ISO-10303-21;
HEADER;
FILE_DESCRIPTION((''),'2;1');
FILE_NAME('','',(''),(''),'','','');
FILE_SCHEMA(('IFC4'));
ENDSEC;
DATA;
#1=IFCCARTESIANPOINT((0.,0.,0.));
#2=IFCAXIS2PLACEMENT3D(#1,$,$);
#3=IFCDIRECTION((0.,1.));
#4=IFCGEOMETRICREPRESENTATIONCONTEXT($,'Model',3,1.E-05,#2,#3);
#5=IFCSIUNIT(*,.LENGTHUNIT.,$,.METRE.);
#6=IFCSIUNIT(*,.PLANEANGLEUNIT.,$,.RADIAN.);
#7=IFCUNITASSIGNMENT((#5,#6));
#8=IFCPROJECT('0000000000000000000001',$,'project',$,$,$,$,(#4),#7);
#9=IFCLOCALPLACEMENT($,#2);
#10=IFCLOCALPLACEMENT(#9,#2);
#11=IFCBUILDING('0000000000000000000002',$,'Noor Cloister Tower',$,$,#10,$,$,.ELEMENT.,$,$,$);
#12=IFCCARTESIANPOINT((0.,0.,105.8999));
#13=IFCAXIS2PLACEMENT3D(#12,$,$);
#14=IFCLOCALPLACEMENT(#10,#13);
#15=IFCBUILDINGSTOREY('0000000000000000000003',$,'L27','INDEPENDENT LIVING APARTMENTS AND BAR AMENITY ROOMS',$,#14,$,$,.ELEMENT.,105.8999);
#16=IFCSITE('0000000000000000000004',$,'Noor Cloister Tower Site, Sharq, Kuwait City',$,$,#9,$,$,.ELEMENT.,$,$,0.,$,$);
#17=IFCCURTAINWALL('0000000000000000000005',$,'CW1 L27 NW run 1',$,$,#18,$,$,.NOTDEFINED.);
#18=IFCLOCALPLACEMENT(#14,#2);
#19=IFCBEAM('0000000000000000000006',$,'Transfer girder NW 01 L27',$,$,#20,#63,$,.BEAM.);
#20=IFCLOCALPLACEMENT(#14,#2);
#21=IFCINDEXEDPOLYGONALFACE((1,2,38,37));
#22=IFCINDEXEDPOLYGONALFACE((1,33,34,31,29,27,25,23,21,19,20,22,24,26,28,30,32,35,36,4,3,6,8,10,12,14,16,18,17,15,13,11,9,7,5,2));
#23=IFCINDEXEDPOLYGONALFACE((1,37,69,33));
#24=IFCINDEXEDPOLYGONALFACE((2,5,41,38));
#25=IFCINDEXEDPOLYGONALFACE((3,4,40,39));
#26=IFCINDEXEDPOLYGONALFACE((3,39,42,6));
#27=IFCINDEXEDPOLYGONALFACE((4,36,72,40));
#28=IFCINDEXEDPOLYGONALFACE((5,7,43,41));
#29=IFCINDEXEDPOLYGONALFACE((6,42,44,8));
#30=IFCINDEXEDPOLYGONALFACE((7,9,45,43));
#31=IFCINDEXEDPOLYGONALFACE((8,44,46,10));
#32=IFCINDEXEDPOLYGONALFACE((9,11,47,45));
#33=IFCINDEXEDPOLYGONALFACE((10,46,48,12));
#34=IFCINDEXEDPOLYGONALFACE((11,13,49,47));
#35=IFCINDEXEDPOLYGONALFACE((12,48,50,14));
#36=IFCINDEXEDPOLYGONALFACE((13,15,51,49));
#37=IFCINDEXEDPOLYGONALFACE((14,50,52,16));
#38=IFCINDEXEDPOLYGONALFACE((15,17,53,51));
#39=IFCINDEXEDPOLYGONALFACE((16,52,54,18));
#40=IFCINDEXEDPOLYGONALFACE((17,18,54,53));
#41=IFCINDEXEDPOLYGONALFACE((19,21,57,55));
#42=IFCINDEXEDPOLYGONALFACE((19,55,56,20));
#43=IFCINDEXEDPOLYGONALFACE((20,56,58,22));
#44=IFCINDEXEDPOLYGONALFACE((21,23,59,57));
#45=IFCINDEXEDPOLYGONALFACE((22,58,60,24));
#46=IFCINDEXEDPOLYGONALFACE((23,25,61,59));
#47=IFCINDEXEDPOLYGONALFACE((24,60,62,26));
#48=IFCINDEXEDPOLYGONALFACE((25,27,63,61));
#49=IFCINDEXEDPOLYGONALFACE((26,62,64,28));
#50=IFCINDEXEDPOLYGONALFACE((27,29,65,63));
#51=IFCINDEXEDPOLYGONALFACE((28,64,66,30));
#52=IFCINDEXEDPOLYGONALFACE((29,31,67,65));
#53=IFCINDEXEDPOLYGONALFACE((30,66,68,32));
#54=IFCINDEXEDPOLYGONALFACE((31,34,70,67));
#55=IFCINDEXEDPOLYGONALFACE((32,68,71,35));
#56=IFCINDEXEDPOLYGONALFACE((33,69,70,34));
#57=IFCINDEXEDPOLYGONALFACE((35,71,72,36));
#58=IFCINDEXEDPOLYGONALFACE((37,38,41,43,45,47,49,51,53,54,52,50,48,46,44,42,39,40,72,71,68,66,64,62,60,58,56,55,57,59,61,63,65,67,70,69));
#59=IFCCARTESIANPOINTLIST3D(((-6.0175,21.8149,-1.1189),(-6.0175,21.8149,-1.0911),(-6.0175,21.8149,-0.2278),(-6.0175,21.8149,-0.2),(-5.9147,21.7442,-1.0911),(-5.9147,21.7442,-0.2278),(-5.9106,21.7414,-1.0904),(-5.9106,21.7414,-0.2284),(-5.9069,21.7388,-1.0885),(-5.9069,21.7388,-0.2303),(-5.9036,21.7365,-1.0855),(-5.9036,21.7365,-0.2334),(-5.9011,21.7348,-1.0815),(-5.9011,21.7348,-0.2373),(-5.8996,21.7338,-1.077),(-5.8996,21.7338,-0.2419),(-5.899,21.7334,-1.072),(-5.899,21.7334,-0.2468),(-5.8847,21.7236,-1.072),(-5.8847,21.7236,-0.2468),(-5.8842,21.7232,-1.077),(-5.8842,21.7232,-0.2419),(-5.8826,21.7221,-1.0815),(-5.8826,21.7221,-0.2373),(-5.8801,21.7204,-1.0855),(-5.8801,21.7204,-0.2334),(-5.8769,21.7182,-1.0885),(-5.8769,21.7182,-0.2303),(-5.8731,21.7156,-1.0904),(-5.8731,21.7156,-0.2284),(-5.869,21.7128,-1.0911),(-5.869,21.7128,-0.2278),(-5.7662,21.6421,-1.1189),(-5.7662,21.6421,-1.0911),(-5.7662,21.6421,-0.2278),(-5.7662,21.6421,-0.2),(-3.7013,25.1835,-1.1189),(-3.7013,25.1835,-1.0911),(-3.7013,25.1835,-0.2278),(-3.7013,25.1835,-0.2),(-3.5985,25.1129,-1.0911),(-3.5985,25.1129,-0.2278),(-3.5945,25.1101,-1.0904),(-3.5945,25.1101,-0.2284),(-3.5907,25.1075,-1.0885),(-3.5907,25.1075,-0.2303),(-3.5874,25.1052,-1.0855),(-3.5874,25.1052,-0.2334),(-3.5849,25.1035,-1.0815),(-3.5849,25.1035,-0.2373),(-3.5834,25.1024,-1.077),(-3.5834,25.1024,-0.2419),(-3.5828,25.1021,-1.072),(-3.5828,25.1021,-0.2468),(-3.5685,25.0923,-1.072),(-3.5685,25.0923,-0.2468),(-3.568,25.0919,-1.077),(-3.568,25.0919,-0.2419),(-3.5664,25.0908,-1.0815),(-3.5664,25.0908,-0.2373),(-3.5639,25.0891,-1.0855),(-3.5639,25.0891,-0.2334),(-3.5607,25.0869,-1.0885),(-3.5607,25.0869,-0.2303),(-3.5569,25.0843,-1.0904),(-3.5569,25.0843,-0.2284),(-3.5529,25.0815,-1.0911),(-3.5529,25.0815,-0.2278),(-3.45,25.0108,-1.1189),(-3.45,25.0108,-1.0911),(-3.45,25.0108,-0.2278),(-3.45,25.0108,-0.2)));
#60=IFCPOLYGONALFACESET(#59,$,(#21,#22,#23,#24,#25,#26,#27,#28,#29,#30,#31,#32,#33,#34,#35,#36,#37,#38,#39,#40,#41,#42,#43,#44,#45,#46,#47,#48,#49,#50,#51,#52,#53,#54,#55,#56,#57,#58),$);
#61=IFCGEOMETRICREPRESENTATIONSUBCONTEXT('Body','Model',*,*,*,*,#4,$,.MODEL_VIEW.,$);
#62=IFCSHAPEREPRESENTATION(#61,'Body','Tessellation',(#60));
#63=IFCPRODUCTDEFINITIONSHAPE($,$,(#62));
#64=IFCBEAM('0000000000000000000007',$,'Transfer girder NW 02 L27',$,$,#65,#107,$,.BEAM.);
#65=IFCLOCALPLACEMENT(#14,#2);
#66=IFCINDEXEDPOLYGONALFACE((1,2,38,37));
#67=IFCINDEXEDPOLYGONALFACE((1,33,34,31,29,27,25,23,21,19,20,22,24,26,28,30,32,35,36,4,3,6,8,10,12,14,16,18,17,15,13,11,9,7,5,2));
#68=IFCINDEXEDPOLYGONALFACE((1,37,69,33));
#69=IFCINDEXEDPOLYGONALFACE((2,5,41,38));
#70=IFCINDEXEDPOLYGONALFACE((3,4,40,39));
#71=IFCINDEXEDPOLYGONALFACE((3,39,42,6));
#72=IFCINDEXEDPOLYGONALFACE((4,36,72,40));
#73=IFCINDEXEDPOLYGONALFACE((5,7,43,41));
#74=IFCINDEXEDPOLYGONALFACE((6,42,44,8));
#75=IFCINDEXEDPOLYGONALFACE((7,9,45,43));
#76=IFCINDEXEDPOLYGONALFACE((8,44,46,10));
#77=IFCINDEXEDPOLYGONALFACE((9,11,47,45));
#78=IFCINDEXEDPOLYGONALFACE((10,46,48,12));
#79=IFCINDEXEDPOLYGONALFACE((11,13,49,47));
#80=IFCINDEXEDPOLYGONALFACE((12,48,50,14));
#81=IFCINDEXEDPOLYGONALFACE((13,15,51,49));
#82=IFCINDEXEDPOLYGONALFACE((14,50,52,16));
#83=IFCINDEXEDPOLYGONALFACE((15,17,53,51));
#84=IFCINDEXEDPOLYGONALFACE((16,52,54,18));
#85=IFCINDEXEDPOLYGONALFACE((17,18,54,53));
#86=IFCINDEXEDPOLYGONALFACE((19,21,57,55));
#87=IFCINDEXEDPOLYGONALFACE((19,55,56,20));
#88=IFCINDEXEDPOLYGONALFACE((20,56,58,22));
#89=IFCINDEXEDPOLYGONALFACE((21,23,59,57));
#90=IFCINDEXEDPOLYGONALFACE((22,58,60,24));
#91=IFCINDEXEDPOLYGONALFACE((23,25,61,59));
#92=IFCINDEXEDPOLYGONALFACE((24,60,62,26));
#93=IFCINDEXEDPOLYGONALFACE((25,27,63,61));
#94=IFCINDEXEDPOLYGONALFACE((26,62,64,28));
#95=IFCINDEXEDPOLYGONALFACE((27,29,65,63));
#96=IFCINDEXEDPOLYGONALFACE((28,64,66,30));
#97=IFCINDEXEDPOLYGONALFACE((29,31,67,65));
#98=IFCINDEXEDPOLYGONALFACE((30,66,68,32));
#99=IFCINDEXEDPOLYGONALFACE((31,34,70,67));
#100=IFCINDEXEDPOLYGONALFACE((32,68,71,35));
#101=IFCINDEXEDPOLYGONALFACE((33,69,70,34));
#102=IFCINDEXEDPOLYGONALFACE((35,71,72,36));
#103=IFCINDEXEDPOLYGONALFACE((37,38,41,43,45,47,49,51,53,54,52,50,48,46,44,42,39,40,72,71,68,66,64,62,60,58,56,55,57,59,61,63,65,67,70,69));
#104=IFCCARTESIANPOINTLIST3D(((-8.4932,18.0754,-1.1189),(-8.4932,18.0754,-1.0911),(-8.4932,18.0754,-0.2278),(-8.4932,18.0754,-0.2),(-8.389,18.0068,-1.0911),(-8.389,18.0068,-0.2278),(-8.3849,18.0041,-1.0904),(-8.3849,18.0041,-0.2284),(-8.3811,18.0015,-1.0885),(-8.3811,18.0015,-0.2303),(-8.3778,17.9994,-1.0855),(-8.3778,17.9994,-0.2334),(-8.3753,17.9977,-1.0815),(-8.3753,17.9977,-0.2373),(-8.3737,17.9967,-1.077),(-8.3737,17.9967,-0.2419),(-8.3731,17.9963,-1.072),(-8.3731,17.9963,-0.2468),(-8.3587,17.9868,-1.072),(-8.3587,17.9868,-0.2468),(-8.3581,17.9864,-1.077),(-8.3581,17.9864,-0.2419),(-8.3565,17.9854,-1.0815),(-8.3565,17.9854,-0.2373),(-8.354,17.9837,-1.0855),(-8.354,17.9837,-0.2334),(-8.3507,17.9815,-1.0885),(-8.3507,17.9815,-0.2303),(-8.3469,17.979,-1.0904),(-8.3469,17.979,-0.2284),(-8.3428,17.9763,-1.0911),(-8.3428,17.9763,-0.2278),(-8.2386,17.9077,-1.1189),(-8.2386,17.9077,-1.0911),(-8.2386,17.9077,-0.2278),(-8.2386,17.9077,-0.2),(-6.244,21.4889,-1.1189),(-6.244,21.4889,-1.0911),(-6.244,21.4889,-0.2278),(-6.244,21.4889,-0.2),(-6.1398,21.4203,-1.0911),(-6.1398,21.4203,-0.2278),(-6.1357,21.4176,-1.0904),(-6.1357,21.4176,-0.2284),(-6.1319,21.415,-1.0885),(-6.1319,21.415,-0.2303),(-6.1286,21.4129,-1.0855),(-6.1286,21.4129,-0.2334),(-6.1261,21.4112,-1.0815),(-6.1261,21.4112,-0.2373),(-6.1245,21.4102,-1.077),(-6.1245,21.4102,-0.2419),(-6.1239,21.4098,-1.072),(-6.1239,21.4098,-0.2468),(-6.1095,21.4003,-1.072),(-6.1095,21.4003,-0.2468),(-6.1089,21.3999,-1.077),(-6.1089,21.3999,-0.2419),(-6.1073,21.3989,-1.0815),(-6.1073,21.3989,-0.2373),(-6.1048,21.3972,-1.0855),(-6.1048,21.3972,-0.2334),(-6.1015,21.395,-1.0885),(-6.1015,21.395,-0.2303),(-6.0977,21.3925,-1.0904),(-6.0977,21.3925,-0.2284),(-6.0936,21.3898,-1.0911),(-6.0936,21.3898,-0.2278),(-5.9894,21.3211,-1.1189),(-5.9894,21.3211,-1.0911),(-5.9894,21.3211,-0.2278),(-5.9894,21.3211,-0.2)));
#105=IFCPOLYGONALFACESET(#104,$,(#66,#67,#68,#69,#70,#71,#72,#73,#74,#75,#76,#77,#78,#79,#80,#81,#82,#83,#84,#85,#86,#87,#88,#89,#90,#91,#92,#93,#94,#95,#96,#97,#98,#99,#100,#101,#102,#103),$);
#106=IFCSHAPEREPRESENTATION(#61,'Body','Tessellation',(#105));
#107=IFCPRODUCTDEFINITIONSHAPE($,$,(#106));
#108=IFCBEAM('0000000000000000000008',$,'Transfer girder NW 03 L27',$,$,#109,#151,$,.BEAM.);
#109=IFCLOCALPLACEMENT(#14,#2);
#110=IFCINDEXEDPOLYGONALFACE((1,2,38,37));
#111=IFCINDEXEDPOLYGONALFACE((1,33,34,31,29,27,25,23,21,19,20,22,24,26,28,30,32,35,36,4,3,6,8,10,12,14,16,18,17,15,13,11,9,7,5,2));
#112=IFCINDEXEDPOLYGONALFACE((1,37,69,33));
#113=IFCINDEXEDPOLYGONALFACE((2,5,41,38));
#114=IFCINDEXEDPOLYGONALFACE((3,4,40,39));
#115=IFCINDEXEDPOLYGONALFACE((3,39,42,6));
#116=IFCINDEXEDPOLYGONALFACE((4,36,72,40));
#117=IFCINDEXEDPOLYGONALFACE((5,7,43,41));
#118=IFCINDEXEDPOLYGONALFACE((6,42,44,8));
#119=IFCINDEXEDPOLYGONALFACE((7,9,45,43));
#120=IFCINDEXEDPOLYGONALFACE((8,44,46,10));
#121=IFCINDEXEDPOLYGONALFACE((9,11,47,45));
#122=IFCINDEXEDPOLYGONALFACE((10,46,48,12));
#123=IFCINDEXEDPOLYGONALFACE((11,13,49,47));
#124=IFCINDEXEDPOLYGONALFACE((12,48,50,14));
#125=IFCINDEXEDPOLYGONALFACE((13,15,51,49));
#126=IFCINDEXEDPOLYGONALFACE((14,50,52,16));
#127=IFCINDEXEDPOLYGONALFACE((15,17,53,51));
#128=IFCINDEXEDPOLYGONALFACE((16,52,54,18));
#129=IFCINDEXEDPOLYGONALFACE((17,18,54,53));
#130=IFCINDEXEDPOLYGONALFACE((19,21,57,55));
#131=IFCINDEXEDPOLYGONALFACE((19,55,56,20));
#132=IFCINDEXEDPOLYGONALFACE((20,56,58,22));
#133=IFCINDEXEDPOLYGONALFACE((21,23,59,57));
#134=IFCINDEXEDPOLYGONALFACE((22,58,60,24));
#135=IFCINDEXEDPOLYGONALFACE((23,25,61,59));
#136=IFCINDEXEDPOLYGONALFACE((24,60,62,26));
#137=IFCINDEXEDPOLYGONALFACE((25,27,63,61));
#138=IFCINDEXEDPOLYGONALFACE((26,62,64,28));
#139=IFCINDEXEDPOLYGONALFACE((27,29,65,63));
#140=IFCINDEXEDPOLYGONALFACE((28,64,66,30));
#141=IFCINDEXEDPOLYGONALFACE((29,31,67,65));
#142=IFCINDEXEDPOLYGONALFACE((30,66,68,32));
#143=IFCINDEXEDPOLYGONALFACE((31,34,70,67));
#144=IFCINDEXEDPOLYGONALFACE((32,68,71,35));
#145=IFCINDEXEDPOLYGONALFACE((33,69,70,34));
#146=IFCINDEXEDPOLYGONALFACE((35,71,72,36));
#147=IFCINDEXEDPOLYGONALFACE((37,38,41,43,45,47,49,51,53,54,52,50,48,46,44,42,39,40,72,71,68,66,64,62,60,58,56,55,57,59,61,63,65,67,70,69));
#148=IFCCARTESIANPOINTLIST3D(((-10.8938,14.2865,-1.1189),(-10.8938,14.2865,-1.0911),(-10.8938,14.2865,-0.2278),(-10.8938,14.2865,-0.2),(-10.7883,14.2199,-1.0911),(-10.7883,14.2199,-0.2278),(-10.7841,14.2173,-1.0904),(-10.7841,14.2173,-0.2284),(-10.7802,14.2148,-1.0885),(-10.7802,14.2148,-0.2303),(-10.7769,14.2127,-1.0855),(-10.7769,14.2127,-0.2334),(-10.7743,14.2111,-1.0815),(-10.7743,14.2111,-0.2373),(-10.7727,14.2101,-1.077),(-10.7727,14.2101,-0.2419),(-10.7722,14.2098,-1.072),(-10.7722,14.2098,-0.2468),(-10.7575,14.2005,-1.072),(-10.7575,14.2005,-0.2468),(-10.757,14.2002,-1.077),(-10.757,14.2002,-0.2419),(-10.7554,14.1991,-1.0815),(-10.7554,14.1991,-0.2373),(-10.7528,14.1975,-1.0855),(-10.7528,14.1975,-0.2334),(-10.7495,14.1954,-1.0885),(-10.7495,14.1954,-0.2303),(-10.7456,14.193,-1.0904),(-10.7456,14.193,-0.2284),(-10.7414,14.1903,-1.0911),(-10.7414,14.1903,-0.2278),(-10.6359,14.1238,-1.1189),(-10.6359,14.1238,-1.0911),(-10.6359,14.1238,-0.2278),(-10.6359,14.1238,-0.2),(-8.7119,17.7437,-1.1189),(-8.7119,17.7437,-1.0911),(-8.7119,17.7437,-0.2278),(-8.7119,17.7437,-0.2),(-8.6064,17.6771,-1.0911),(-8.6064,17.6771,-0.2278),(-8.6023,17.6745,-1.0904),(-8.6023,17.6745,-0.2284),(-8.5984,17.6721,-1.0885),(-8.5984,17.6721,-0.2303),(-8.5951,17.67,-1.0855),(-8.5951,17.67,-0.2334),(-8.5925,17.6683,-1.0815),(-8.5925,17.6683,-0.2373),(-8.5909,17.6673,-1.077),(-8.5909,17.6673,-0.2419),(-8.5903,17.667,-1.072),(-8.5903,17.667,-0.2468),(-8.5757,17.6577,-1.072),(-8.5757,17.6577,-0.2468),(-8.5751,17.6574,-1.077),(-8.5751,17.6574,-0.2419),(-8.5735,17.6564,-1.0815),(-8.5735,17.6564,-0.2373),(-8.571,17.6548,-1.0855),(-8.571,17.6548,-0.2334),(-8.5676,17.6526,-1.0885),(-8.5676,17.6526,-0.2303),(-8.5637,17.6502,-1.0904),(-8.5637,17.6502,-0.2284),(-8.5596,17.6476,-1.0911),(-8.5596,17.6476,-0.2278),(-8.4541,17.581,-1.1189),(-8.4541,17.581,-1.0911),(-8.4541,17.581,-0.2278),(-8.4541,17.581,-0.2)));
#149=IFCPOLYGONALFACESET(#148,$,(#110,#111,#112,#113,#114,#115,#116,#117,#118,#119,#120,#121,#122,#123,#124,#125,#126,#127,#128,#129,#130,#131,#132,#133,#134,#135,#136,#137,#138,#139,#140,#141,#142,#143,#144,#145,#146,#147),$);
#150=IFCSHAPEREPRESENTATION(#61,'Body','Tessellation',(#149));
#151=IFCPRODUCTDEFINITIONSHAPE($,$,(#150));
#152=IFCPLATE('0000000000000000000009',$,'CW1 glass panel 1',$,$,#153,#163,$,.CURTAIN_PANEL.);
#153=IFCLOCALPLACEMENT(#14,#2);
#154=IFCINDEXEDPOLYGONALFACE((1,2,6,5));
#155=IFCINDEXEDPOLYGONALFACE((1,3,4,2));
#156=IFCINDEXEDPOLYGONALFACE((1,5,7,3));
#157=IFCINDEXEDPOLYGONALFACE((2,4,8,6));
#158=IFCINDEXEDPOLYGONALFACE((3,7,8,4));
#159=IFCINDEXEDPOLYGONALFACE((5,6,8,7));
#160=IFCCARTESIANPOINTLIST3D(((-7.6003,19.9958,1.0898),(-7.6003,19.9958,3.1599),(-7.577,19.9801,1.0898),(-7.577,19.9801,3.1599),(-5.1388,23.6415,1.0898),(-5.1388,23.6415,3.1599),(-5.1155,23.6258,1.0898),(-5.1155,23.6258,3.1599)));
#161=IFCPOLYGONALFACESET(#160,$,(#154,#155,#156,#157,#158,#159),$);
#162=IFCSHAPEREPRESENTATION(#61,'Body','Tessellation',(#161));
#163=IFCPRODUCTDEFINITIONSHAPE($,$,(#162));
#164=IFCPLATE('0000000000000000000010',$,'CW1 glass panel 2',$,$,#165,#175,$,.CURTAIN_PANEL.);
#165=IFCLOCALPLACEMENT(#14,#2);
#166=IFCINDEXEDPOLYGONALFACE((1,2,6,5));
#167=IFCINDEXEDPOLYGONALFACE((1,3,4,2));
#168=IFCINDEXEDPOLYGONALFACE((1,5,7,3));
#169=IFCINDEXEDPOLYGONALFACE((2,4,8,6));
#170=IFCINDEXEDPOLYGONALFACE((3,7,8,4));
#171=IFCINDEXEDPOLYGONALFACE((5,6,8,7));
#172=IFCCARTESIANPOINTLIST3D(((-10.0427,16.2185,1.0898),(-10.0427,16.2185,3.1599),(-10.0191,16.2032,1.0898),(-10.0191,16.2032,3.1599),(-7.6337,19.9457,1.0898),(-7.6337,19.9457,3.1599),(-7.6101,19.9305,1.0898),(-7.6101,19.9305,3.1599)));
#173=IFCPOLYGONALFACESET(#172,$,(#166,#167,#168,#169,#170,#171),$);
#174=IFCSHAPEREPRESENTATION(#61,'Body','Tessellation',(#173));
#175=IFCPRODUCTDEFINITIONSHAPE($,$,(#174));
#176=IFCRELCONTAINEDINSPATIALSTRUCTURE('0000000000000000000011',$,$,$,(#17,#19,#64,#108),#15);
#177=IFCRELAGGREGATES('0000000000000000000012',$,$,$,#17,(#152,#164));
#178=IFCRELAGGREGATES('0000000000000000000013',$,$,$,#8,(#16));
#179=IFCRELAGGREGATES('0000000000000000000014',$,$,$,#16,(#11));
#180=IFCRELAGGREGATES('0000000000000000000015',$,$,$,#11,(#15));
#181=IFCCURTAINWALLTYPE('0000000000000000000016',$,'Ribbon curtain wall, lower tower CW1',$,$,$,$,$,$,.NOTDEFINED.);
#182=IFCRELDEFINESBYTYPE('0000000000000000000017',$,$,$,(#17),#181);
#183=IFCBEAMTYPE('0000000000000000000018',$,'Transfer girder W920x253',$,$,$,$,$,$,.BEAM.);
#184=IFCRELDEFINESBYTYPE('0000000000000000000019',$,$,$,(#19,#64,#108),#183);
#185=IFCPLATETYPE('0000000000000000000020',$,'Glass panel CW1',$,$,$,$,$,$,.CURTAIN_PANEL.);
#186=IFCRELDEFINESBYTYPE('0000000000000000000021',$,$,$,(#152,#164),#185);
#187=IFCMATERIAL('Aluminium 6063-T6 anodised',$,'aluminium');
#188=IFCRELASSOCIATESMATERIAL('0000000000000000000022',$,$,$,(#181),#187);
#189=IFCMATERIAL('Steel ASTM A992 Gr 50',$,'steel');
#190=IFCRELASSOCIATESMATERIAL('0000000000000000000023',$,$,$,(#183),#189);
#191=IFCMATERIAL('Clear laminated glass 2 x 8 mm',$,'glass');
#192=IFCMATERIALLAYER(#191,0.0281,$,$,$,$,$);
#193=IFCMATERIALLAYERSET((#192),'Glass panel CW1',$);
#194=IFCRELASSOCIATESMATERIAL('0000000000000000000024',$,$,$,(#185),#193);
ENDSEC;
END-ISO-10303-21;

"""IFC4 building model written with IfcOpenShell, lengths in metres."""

from ifc_helpers import new_model, si_unit, direction, frame, origin, origin_2d, place, context, subcontext, project, spatial, rectangle, i_section, extrude, material, layer, layer_set, material_profile, profile_set, type_object, element, aggregate, save


model = new_model("IFC4")

# Units and contexts
model_context = context("Model", 3, precision=1e-05, world=origin(), true_north=direction((0.0, 1.0)))
body_context = subcontext(model_context, "Body", "Model", "MODEL_VIEW")
ifc_project = project(units=[si_unit("LENGTHUNIT", "METRE"), si_unit("PLANEANGLEUNIT", "RADIAN")], contexts=[model_context])

# Site, building, storey
site_placement = place(None, origin())
site = spatial("IfcSite", under=ifc_project, at=site_placement, Name="Noor Cloister Tower Site, Sharq, Kuwait City", CompositionType="ELEMENT", RefElevation=0.0)
building_placement = place(site_placement, origin())
building = spatial("IfcBuilding", under=site, at=building_placement, Name="Noor Cloister Tower", CompositionType="ELEMENT")
storey_placement = place(building_placement, frame((0.0, 0.0, 105.8999)))
storey = spatial("IfcBuildingStorey", under=building, at=storey_placement, Name="L27", Description="INDEPENDENT LIVING APARTMENTS AND BAR AMENITY ROOMS", CompositionType="ELEMENT", Elevation=105.8999)

# Curtain wall
ifc_material_1 = material(Name="Aluminium 6063-T6 anodised", Category="aluminium")
curtain_wall_type = type_object("IfcCurtainWallType", Name="Ribbon curtain wall, lower tower CW1", PredefinedType="NOTDEFINED", material=ifc_material_1)
curtain_wall_placement = place(storey_placement, origin())
curtain_wall = element("IfcCurtainWall", 1, at=curtain_wall_placement, inside=storey, type_object=curtain_wall_type, Name="CW1 L27 NW run 1", PredefinedType="NOTDEFINED")

# Beams
ifc_material_2 = material(Name="Steel ASTM A992 Gr 50", Category="steel")
ifc_material_profile_1 = material_profile(ifc_material_2, i_section(OverallWidth=0.3049, OverallDepth=0.9189, WebThickness=0.0173, FlangeThickness=0.0278, FilletRadius=0.019, at=origin_2d()), Name="W920x253")
ifc_profile_set_1 = profile_set([ifc_material_profile_1], Name="Steel ASTM A992 Gr 50")
beam_type_1 = type_object("IfcBeamType", Name="Transfer girder W920x253", PredefinedType="BEAM", material=ifc_profile_set_1)
beam_1_placement = place(storey_placement, frame((-3.5757, 25.0972, -0.6594), z_axis=(-0.566564, -0.824018, 0.0), x_axis=(0.824018, -0.566564, 0.0)))
element("IfcBeam", 2, at=beam_1_placement, inside=storey, type_object=beam_type_1, Name="Transfer girder NW 01 L27", PredefinedType="BEAM", context=body_context, shape_type="SweptSolid", body=[
    extrude(i_section(OverallWidth=0.3049, OverallDepth=0.9189, WebThickness=0.0173, FlangeThickness=0.0278, FilletRadius=0.019, at=origin_2d()), origin(), (0.0, 0.0, 1.0), 4.0881),
])
beam_2_placement = place(storey_placement, frame((-6.1167, 21.405, -0.6594), z_axis=(-0.550213, -0.835024, 0.0), x_axis=(0.835024, -0.550213, 0.0)))
element("IfcBeam", 3, at=beam_2_placement, inside=storey, type_object=beam_type_1, Name="Transfer girder NW 02 L27", PredefinedType="BEAM", context=body_context, shape_type="SweptSolid", body=[
    extrude(i_section(OverallWidth=0.3049, OverallDepth=0.9189, WebThickness=0.0173, FlangeThickness=0.0278, FilletRadius=0.019, at=origin_2d()), origin(), (0.0, 0.0, 1.0), 4.0879),
])
beam_3_placement = place(storey_placement, frame((-8.583, 17.6624, -0.6594), z_axis=(-0.533703, -0.845672, 0.0), x_axis=(0.845672, -0.533703, 0.0)))
element("IfcBeam", 4, at=beam_3_placement, inside=storey, type_object=beam_type_1, Name="Transfer girder NW 03 L27", PredefinedType="BEAM", context=body_context, shape_type="SweptSolid", body=[
    extrude(i_section(OverallWidth=0.3049, OverallDepth=0.9189, WebThickness=0.0173, FlangeThickness=0.0278, FilletRadius=0.019, at=origin_2d()), origin(), (0.0, 0.0, 1.0), 4.0881),
])

# Plates
ifc_material_3 = material(Name="Clear laminated glass 2 x 8 mm", Category="glass")
ifc_layer_1 = layer(ifc_material_3, 0.0281)
ifc_layer_set_1 = layer_set([ifc_layer_1], Name="Glass panel CW1")
plate_type = type_object("IfcPlateType", Name="Glass panel CW1", PredefinedType="CURTAIN_PANEL", material=ifc_layer_set_1)
plate_1_placement = place(storey_placement, frame((-6.3579, 21.8108, 1.0898), z_axis=(0.0, 0.0, 1.0), x_axis=(-0.559576, -0.828779, 0.0)))
plate_1 = element("IfcPlate", 5, at=plate_1_placement, type_object=plate_type, Name="CW1 glass panel 1", PredefinedType="CURTAIN_PANEL", context=body_context, shape_type="SweptSolid", body=[
    extrude(rectangle(XDim=4.3989, YDim=0.0281, at=origin_2d()), origin(), (0.0, 0.0, 1.0), 2.0701),
])
plate_2_placement = place(storey_placement, frame((-8.8264, 18.0745, 1.0898), z_axis=(0.0, 0.0, 1.0), x_axis=(-0.542824, -0.839847, 0.0)))
plate_2 = element("IfcPlate", 6, at=plate_2_placement, type_object=plate_type, Name="CW1 glass panel 2", PredefinedType="CURTAIN_PANEL", context=body_context, shape_type="SweptSolid", body=[
    extrude(rectangle(XDim=4.438, YDim=0.0281, at=origin_2d()), origin(), (0.0, 0.0, 1.0), 2.0701),
])
aggregate(curtain_wall, [plate_1, plate_2])

save(model, "model.ifc")
